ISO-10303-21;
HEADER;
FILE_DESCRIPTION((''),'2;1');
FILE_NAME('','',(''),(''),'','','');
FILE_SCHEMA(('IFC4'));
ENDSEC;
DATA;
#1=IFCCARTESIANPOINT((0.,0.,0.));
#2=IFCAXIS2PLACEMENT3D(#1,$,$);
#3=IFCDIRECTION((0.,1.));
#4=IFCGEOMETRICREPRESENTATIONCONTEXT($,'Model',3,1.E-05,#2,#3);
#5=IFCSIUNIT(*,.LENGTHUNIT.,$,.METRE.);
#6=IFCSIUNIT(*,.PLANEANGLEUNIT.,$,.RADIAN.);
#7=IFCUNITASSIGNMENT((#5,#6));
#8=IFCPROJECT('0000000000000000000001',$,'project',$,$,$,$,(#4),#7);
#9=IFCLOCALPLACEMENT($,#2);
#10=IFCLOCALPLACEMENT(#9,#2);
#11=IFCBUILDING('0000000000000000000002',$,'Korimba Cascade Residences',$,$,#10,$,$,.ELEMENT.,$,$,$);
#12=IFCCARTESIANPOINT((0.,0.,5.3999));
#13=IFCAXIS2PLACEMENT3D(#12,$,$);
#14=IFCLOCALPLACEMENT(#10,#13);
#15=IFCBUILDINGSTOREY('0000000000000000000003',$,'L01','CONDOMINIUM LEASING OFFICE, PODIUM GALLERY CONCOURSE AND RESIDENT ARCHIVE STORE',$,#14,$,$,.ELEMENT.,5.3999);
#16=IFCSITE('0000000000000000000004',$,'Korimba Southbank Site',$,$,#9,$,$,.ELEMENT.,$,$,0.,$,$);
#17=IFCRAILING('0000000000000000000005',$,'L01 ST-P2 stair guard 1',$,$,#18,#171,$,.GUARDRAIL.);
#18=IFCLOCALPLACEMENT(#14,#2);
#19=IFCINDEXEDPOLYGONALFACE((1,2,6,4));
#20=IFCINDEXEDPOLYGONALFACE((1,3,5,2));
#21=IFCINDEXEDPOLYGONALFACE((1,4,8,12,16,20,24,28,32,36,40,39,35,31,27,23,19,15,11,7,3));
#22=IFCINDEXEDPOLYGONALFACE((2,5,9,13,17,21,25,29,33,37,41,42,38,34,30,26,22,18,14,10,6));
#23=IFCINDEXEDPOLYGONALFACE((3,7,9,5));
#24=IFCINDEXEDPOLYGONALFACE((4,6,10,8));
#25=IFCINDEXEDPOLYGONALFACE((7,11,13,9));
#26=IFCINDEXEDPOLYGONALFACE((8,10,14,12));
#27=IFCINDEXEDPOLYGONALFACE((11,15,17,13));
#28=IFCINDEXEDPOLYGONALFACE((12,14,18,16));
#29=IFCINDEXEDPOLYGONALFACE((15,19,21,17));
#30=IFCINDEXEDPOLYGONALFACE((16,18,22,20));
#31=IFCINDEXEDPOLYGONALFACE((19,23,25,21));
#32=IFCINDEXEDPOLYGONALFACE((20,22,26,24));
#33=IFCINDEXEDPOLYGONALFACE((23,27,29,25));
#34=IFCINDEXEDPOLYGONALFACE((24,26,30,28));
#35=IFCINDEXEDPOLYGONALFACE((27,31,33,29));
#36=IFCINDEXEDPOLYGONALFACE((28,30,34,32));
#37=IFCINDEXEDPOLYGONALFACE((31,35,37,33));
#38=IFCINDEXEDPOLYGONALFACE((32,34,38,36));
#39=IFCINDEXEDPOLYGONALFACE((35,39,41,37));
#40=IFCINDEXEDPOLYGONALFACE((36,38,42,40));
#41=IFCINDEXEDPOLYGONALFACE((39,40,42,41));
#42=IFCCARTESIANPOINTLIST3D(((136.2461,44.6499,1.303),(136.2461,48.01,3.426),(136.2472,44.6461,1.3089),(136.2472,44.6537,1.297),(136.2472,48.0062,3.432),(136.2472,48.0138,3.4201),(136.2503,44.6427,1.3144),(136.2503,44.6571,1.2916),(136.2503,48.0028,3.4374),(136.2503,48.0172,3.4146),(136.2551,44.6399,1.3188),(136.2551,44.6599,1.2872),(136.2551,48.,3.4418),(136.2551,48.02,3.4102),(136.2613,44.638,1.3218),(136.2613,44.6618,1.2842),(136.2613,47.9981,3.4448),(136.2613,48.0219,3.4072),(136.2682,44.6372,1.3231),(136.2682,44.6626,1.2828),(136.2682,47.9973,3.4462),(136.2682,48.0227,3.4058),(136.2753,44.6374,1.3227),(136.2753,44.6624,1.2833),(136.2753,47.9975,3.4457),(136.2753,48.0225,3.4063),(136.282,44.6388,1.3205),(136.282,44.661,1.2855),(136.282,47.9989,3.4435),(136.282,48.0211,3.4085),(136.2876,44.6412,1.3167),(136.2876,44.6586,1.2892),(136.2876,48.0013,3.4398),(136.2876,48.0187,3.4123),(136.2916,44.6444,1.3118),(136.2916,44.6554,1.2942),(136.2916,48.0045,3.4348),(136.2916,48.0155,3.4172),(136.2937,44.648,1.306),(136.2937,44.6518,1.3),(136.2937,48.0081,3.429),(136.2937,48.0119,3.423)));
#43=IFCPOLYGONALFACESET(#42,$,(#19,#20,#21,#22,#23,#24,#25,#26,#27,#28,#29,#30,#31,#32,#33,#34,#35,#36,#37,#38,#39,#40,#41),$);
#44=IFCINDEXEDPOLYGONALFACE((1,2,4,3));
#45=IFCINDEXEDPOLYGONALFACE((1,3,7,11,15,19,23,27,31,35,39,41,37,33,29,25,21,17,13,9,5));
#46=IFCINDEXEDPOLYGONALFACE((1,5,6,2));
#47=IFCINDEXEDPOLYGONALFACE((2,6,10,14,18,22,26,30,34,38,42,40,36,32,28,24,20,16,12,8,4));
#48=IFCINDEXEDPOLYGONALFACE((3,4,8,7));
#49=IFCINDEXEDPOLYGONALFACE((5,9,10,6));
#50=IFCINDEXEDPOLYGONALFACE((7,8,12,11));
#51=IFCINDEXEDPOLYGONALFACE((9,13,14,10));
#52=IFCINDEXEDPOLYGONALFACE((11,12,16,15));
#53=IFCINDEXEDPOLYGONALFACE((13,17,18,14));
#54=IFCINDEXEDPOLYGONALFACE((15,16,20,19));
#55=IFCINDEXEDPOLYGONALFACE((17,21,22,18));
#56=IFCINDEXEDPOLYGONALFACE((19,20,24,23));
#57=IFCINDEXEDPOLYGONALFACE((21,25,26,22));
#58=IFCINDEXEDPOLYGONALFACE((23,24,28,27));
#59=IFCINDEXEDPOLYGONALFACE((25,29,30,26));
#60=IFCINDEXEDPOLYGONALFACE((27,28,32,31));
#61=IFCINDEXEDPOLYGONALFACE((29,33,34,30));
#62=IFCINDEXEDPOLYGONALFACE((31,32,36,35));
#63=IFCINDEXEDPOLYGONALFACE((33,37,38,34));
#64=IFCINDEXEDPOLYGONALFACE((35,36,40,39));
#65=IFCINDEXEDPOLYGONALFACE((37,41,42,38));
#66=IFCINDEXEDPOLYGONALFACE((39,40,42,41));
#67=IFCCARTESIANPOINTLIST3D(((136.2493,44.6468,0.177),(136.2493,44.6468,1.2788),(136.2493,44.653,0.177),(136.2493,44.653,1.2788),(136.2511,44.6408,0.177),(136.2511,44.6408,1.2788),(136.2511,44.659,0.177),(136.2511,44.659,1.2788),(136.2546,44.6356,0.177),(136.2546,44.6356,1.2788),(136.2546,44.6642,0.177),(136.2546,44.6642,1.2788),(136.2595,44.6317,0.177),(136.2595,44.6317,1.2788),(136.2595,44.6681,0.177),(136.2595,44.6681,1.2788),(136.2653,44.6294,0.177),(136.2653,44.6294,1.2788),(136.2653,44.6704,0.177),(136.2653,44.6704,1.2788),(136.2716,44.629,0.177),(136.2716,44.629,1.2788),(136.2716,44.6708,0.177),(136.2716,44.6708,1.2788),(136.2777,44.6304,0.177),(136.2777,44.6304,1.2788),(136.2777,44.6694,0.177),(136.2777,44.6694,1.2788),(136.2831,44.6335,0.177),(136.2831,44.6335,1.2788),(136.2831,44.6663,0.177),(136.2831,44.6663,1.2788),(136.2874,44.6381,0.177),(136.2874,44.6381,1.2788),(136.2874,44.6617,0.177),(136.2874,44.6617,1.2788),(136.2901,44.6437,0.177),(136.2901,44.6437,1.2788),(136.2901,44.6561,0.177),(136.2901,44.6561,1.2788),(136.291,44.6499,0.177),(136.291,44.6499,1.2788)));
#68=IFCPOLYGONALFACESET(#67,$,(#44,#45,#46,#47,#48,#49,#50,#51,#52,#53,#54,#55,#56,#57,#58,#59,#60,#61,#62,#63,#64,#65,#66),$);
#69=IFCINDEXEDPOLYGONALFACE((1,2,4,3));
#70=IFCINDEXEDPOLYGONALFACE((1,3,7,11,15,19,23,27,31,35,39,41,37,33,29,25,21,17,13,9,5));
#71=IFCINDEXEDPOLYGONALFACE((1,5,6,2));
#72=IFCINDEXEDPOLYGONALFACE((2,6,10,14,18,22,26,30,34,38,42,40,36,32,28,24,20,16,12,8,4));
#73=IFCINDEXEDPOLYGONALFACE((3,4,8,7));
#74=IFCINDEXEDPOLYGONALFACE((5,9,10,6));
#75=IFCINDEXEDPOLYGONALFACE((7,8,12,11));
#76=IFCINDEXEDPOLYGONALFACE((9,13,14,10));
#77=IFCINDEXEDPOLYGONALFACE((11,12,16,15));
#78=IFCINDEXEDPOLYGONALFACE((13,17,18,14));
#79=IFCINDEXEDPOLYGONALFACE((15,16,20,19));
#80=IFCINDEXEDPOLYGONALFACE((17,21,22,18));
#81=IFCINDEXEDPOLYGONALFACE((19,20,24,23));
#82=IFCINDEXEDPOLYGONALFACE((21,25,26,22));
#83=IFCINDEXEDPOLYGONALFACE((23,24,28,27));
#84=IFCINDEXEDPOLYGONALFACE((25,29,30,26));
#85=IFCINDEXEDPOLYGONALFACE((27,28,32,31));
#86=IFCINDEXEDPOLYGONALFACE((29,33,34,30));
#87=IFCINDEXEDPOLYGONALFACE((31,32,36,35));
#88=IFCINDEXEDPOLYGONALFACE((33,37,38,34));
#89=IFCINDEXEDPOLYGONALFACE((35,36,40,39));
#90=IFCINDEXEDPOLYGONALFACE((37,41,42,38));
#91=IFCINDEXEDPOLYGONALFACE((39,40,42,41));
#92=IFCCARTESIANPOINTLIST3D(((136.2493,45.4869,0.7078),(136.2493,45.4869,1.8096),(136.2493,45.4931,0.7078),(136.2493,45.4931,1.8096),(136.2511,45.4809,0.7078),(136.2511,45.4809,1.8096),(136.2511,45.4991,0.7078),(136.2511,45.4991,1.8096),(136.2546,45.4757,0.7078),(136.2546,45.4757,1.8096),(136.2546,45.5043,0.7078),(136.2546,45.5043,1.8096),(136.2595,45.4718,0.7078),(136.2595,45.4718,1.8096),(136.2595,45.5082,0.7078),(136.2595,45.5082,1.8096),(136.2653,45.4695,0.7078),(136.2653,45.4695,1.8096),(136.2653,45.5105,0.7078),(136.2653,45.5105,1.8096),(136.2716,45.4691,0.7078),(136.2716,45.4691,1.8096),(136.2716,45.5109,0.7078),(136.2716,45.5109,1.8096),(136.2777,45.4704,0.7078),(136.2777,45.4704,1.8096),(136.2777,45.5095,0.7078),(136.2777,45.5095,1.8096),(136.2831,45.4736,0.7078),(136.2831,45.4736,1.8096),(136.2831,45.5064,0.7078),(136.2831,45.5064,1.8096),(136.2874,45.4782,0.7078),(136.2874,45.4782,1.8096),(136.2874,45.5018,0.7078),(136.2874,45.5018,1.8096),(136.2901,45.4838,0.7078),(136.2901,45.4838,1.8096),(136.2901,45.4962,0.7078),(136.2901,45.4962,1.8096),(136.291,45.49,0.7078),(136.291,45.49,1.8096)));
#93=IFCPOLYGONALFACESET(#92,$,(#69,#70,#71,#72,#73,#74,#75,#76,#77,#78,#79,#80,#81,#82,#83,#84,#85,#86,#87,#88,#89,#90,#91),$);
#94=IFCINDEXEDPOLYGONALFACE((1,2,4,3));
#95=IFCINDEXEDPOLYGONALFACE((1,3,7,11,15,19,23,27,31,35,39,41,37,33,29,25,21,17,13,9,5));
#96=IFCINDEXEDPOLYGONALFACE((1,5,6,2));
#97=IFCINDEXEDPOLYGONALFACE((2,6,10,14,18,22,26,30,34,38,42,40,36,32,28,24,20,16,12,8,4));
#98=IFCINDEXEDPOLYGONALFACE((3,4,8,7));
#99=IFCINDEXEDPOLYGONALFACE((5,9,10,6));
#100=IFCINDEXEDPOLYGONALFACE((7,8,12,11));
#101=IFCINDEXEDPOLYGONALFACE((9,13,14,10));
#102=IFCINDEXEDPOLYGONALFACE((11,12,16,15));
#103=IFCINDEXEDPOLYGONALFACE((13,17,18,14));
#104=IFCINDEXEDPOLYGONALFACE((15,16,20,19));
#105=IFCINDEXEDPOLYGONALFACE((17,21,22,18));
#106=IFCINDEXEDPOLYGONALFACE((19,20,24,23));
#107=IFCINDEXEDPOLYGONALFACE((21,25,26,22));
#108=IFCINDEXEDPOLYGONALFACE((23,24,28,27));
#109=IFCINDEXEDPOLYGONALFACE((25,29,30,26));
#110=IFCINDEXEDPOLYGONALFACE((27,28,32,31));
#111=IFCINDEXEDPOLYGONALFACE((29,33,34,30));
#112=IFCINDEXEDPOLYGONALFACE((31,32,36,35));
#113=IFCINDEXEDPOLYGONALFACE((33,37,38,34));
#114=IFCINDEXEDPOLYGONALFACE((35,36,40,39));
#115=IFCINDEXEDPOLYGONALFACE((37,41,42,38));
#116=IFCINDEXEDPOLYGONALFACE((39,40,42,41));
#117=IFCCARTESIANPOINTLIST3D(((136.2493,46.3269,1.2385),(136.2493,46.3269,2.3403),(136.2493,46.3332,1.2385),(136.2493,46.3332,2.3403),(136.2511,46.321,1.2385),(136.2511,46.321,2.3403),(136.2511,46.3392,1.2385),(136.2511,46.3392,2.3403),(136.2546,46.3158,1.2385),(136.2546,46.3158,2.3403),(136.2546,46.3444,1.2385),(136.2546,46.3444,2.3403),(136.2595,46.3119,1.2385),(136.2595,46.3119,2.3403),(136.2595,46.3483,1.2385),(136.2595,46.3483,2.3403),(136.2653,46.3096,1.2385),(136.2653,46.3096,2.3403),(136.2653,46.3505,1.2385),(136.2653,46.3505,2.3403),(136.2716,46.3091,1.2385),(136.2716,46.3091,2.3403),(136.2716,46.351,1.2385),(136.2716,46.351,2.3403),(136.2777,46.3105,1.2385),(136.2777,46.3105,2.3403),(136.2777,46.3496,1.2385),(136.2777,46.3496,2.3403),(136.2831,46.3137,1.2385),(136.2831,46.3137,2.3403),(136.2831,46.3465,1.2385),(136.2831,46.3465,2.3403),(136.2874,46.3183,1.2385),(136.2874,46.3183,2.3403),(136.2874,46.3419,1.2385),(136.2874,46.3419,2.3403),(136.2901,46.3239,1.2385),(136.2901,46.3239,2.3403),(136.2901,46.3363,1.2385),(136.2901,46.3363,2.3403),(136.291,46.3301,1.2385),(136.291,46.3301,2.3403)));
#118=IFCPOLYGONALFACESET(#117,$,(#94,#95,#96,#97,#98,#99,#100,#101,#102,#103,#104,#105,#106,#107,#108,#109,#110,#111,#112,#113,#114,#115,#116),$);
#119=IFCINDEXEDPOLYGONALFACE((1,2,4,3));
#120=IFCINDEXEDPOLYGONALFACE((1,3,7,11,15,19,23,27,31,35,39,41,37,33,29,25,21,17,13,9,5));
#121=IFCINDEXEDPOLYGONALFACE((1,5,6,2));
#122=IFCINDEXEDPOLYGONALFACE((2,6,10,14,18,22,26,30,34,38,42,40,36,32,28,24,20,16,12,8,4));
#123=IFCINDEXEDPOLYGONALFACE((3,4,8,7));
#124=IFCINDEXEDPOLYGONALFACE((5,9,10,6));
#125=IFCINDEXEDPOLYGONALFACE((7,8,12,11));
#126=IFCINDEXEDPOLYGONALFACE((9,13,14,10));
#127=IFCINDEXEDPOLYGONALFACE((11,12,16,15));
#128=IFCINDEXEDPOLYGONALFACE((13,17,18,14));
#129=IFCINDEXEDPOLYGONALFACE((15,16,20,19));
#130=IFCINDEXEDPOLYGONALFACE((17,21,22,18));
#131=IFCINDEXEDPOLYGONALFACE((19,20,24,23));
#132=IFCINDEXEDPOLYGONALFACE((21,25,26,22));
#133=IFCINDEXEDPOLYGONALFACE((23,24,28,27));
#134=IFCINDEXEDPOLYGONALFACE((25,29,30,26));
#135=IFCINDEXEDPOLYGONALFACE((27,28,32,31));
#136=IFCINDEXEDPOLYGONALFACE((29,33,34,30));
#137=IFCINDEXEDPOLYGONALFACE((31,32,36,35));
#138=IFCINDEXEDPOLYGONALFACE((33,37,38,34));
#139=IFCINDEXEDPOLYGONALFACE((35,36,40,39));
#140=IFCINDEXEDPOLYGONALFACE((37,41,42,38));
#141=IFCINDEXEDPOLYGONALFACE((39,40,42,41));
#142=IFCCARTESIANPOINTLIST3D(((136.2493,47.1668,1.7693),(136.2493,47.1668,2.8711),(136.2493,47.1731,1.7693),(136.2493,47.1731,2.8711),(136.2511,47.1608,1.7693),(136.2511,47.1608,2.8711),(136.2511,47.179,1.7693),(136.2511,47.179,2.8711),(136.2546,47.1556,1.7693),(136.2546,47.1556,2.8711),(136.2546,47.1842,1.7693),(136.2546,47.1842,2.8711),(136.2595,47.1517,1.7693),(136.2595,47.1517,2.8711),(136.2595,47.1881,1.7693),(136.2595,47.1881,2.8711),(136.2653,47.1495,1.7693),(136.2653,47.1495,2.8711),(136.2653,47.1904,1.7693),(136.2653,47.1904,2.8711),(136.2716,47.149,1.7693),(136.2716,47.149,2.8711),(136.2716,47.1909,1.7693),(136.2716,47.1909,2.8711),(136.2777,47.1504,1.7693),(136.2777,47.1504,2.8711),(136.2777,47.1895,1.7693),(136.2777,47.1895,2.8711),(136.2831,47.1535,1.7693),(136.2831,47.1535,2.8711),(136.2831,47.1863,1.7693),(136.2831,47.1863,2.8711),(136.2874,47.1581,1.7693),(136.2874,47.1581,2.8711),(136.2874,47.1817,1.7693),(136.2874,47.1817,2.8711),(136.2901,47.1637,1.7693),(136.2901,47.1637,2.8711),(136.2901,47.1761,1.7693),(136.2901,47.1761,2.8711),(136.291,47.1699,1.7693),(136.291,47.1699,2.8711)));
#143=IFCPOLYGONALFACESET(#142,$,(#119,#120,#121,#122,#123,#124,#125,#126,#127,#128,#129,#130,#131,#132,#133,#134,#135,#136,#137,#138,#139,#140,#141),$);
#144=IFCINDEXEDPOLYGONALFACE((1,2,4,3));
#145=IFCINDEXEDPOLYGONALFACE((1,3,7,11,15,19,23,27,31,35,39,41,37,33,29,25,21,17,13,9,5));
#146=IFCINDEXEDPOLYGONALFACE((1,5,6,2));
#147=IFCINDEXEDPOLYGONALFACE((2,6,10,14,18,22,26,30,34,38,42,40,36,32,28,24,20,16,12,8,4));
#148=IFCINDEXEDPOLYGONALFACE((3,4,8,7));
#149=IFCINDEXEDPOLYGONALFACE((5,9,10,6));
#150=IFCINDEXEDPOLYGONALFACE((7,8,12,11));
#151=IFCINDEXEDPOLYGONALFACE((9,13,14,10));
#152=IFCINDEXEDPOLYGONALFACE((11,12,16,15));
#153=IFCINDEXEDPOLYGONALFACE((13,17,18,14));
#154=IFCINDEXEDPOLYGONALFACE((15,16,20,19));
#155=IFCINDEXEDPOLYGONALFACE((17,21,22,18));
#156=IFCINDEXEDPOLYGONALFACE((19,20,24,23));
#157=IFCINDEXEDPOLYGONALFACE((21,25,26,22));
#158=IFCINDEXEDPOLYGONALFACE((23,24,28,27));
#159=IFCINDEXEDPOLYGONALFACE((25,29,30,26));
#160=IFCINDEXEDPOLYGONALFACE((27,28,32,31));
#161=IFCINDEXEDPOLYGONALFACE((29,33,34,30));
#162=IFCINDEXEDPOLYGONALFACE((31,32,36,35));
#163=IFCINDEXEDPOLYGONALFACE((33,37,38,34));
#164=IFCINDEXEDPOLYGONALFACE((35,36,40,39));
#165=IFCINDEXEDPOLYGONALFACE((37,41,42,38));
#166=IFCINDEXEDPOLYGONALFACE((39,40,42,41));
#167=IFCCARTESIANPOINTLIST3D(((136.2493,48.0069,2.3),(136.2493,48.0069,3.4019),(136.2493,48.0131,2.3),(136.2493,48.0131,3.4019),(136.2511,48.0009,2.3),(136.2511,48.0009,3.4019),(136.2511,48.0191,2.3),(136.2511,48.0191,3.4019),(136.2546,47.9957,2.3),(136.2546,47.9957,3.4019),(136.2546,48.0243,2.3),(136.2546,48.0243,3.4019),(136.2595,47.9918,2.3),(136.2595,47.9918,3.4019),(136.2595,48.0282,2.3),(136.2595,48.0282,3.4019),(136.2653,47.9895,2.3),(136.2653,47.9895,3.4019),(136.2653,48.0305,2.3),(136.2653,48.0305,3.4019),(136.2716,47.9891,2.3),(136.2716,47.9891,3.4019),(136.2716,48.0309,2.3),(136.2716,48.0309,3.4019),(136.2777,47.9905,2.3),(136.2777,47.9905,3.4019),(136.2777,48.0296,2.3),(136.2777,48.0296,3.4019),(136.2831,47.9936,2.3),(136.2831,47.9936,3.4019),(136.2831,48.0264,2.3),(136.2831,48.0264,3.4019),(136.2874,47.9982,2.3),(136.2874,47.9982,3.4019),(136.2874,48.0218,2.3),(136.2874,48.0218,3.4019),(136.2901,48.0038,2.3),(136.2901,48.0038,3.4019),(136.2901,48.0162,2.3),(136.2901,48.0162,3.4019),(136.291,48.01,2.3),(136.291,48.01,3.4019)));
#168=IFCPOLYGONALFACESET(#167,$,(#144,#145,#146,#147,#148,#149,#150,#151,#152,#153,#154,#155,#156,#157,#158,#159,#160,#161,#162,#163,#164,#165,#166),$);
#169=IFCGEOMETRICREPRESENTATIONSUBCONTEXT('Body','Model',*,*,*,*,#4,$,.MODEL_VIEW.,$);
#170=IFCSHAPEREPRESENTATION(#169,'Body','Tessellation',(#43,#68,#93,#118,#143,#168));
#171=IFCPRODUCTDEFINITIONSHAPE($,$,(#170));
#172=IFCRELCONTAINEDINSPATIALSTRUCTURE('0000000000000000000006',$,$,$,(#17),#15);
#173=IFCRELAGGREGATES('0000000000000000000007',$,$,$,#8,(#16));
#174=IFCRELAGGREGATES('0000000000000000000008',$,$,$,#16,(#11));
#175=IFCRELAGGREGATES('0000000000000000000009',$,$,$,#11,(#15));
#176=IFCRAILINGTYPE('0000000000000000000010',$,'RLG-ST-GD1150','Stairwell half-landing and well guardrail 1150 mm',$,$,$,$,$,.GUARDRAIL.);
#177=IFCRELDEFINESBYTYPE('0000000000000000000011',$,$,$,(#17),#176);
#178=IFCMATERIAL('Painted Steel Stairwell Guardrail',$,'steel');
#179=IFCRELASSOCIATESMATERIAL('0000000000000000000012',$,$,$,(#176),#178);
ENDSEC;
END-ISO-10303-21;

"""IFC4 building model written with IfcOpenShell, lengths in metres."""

from ifc_helpers import new_model, si_unit, direction, frame, origin, origin_2d, place, context, subcontext, project, spatial, circle, extrude, material, type_object, element, save


model = new_model("IFC4")

# Units and contexts
model_context = context("Model", 3, precision=1e-05, world=origin(), true_north=direction((0.0, 1.0)))
body_context = subcontext(model_context, "Body", "Model", "MODEL_VIEW")
ifc_project = project(units=[si_unit("LENGTHUNIT", "METRE"), si_unit("PLANEANGLEUNIT", "RADIAN")], contexts=[model_context])

# Site, building, storey
site_placement = place(None, origin())
site = spatial("IfcSite", under=ifc_project, at=site_placement, Name="Korimba Southbank Site", CompositionType="ELEMENT", RefElevation=0.0)
building_placement = place(site_placement, origin())
building = spatial("IfcBuilding", under=site, at=building_placement, Name="Korimba Cascade Residences", CompositionType="ELEMENT")
storey_placement = place(building_placement, frame((0.0, 0.0, 5.3999)))
storey = spatial("IfcBuildingStorey", under=building, at=storey_placement, Name="L01", Description="CONDOMINIUM LEASING OFFICE, PODIUM GALLERY CONCOURSE AND RESIDENT ARCHIVE STORE", CompositionType="ELEMENT", Elevation=5.3999)

# Railing
ifc_material_1 = material(Name="Painted Steel Stairwell Guardrail", Category="steel")
railing_type_1 = type_object("IfcRailingType", Name="RLG-ST-GD1150", Description="Stairwell half-landing and well guardrail 1150 mm", PredefinedType="GUARDRAIL", material=ifc_material_1)
railing_1_placement = place(storey_placement, frame((136.27, 44.6499, 0.177)))
element("IfcRailing", 1, at=railing_1_placement, inside=storey, type_object=railing_type_1, Name="L01 ST-P2 stair guard 1", PredefinedType="GUARDRAIL", context=body_context, shape_type="SweptSolid", body=[
    extrude(circle(Radius=0.0239, at=origin_2d()), frame((0.0, 0.0, 1.126), z_axis=(0.0, 0.84539, 0.53415), x_axis=(-1.0, 0.0, 0.0)), (0.0, 0.0, 1.0), 3.9746),
    extrude(circle(Radius=0.021, at=origin_2d()), origin(), (0.0, 0.0, 1.0), 1.1018),
    extrude(circle(Radius=0.021, at=origin_2d()), frame((0.0, 0.8401, 0.5308)), (0.0, 0.0, 1.0), 1.1018),
    extrude(circle(Radius=0.021, at=origin_2d()), frame((0.0, 1.6802, 1.0615)), (0.0, 0.0, 1.0), 1.1018),
    extrude(circle(Radius=0.021, at=origin_2d()), frame((0.0, 2.52, 1.5923)), (0.0, 0.0, 1.0), 1.1018),
    extrude(circle(Radius=0.021, at=origin_2d()), frame((0.0, 3.3601, 2.123)), (0.0, 0.0, 1.0), 1.1018),
])

save(model, "model.ifc")
